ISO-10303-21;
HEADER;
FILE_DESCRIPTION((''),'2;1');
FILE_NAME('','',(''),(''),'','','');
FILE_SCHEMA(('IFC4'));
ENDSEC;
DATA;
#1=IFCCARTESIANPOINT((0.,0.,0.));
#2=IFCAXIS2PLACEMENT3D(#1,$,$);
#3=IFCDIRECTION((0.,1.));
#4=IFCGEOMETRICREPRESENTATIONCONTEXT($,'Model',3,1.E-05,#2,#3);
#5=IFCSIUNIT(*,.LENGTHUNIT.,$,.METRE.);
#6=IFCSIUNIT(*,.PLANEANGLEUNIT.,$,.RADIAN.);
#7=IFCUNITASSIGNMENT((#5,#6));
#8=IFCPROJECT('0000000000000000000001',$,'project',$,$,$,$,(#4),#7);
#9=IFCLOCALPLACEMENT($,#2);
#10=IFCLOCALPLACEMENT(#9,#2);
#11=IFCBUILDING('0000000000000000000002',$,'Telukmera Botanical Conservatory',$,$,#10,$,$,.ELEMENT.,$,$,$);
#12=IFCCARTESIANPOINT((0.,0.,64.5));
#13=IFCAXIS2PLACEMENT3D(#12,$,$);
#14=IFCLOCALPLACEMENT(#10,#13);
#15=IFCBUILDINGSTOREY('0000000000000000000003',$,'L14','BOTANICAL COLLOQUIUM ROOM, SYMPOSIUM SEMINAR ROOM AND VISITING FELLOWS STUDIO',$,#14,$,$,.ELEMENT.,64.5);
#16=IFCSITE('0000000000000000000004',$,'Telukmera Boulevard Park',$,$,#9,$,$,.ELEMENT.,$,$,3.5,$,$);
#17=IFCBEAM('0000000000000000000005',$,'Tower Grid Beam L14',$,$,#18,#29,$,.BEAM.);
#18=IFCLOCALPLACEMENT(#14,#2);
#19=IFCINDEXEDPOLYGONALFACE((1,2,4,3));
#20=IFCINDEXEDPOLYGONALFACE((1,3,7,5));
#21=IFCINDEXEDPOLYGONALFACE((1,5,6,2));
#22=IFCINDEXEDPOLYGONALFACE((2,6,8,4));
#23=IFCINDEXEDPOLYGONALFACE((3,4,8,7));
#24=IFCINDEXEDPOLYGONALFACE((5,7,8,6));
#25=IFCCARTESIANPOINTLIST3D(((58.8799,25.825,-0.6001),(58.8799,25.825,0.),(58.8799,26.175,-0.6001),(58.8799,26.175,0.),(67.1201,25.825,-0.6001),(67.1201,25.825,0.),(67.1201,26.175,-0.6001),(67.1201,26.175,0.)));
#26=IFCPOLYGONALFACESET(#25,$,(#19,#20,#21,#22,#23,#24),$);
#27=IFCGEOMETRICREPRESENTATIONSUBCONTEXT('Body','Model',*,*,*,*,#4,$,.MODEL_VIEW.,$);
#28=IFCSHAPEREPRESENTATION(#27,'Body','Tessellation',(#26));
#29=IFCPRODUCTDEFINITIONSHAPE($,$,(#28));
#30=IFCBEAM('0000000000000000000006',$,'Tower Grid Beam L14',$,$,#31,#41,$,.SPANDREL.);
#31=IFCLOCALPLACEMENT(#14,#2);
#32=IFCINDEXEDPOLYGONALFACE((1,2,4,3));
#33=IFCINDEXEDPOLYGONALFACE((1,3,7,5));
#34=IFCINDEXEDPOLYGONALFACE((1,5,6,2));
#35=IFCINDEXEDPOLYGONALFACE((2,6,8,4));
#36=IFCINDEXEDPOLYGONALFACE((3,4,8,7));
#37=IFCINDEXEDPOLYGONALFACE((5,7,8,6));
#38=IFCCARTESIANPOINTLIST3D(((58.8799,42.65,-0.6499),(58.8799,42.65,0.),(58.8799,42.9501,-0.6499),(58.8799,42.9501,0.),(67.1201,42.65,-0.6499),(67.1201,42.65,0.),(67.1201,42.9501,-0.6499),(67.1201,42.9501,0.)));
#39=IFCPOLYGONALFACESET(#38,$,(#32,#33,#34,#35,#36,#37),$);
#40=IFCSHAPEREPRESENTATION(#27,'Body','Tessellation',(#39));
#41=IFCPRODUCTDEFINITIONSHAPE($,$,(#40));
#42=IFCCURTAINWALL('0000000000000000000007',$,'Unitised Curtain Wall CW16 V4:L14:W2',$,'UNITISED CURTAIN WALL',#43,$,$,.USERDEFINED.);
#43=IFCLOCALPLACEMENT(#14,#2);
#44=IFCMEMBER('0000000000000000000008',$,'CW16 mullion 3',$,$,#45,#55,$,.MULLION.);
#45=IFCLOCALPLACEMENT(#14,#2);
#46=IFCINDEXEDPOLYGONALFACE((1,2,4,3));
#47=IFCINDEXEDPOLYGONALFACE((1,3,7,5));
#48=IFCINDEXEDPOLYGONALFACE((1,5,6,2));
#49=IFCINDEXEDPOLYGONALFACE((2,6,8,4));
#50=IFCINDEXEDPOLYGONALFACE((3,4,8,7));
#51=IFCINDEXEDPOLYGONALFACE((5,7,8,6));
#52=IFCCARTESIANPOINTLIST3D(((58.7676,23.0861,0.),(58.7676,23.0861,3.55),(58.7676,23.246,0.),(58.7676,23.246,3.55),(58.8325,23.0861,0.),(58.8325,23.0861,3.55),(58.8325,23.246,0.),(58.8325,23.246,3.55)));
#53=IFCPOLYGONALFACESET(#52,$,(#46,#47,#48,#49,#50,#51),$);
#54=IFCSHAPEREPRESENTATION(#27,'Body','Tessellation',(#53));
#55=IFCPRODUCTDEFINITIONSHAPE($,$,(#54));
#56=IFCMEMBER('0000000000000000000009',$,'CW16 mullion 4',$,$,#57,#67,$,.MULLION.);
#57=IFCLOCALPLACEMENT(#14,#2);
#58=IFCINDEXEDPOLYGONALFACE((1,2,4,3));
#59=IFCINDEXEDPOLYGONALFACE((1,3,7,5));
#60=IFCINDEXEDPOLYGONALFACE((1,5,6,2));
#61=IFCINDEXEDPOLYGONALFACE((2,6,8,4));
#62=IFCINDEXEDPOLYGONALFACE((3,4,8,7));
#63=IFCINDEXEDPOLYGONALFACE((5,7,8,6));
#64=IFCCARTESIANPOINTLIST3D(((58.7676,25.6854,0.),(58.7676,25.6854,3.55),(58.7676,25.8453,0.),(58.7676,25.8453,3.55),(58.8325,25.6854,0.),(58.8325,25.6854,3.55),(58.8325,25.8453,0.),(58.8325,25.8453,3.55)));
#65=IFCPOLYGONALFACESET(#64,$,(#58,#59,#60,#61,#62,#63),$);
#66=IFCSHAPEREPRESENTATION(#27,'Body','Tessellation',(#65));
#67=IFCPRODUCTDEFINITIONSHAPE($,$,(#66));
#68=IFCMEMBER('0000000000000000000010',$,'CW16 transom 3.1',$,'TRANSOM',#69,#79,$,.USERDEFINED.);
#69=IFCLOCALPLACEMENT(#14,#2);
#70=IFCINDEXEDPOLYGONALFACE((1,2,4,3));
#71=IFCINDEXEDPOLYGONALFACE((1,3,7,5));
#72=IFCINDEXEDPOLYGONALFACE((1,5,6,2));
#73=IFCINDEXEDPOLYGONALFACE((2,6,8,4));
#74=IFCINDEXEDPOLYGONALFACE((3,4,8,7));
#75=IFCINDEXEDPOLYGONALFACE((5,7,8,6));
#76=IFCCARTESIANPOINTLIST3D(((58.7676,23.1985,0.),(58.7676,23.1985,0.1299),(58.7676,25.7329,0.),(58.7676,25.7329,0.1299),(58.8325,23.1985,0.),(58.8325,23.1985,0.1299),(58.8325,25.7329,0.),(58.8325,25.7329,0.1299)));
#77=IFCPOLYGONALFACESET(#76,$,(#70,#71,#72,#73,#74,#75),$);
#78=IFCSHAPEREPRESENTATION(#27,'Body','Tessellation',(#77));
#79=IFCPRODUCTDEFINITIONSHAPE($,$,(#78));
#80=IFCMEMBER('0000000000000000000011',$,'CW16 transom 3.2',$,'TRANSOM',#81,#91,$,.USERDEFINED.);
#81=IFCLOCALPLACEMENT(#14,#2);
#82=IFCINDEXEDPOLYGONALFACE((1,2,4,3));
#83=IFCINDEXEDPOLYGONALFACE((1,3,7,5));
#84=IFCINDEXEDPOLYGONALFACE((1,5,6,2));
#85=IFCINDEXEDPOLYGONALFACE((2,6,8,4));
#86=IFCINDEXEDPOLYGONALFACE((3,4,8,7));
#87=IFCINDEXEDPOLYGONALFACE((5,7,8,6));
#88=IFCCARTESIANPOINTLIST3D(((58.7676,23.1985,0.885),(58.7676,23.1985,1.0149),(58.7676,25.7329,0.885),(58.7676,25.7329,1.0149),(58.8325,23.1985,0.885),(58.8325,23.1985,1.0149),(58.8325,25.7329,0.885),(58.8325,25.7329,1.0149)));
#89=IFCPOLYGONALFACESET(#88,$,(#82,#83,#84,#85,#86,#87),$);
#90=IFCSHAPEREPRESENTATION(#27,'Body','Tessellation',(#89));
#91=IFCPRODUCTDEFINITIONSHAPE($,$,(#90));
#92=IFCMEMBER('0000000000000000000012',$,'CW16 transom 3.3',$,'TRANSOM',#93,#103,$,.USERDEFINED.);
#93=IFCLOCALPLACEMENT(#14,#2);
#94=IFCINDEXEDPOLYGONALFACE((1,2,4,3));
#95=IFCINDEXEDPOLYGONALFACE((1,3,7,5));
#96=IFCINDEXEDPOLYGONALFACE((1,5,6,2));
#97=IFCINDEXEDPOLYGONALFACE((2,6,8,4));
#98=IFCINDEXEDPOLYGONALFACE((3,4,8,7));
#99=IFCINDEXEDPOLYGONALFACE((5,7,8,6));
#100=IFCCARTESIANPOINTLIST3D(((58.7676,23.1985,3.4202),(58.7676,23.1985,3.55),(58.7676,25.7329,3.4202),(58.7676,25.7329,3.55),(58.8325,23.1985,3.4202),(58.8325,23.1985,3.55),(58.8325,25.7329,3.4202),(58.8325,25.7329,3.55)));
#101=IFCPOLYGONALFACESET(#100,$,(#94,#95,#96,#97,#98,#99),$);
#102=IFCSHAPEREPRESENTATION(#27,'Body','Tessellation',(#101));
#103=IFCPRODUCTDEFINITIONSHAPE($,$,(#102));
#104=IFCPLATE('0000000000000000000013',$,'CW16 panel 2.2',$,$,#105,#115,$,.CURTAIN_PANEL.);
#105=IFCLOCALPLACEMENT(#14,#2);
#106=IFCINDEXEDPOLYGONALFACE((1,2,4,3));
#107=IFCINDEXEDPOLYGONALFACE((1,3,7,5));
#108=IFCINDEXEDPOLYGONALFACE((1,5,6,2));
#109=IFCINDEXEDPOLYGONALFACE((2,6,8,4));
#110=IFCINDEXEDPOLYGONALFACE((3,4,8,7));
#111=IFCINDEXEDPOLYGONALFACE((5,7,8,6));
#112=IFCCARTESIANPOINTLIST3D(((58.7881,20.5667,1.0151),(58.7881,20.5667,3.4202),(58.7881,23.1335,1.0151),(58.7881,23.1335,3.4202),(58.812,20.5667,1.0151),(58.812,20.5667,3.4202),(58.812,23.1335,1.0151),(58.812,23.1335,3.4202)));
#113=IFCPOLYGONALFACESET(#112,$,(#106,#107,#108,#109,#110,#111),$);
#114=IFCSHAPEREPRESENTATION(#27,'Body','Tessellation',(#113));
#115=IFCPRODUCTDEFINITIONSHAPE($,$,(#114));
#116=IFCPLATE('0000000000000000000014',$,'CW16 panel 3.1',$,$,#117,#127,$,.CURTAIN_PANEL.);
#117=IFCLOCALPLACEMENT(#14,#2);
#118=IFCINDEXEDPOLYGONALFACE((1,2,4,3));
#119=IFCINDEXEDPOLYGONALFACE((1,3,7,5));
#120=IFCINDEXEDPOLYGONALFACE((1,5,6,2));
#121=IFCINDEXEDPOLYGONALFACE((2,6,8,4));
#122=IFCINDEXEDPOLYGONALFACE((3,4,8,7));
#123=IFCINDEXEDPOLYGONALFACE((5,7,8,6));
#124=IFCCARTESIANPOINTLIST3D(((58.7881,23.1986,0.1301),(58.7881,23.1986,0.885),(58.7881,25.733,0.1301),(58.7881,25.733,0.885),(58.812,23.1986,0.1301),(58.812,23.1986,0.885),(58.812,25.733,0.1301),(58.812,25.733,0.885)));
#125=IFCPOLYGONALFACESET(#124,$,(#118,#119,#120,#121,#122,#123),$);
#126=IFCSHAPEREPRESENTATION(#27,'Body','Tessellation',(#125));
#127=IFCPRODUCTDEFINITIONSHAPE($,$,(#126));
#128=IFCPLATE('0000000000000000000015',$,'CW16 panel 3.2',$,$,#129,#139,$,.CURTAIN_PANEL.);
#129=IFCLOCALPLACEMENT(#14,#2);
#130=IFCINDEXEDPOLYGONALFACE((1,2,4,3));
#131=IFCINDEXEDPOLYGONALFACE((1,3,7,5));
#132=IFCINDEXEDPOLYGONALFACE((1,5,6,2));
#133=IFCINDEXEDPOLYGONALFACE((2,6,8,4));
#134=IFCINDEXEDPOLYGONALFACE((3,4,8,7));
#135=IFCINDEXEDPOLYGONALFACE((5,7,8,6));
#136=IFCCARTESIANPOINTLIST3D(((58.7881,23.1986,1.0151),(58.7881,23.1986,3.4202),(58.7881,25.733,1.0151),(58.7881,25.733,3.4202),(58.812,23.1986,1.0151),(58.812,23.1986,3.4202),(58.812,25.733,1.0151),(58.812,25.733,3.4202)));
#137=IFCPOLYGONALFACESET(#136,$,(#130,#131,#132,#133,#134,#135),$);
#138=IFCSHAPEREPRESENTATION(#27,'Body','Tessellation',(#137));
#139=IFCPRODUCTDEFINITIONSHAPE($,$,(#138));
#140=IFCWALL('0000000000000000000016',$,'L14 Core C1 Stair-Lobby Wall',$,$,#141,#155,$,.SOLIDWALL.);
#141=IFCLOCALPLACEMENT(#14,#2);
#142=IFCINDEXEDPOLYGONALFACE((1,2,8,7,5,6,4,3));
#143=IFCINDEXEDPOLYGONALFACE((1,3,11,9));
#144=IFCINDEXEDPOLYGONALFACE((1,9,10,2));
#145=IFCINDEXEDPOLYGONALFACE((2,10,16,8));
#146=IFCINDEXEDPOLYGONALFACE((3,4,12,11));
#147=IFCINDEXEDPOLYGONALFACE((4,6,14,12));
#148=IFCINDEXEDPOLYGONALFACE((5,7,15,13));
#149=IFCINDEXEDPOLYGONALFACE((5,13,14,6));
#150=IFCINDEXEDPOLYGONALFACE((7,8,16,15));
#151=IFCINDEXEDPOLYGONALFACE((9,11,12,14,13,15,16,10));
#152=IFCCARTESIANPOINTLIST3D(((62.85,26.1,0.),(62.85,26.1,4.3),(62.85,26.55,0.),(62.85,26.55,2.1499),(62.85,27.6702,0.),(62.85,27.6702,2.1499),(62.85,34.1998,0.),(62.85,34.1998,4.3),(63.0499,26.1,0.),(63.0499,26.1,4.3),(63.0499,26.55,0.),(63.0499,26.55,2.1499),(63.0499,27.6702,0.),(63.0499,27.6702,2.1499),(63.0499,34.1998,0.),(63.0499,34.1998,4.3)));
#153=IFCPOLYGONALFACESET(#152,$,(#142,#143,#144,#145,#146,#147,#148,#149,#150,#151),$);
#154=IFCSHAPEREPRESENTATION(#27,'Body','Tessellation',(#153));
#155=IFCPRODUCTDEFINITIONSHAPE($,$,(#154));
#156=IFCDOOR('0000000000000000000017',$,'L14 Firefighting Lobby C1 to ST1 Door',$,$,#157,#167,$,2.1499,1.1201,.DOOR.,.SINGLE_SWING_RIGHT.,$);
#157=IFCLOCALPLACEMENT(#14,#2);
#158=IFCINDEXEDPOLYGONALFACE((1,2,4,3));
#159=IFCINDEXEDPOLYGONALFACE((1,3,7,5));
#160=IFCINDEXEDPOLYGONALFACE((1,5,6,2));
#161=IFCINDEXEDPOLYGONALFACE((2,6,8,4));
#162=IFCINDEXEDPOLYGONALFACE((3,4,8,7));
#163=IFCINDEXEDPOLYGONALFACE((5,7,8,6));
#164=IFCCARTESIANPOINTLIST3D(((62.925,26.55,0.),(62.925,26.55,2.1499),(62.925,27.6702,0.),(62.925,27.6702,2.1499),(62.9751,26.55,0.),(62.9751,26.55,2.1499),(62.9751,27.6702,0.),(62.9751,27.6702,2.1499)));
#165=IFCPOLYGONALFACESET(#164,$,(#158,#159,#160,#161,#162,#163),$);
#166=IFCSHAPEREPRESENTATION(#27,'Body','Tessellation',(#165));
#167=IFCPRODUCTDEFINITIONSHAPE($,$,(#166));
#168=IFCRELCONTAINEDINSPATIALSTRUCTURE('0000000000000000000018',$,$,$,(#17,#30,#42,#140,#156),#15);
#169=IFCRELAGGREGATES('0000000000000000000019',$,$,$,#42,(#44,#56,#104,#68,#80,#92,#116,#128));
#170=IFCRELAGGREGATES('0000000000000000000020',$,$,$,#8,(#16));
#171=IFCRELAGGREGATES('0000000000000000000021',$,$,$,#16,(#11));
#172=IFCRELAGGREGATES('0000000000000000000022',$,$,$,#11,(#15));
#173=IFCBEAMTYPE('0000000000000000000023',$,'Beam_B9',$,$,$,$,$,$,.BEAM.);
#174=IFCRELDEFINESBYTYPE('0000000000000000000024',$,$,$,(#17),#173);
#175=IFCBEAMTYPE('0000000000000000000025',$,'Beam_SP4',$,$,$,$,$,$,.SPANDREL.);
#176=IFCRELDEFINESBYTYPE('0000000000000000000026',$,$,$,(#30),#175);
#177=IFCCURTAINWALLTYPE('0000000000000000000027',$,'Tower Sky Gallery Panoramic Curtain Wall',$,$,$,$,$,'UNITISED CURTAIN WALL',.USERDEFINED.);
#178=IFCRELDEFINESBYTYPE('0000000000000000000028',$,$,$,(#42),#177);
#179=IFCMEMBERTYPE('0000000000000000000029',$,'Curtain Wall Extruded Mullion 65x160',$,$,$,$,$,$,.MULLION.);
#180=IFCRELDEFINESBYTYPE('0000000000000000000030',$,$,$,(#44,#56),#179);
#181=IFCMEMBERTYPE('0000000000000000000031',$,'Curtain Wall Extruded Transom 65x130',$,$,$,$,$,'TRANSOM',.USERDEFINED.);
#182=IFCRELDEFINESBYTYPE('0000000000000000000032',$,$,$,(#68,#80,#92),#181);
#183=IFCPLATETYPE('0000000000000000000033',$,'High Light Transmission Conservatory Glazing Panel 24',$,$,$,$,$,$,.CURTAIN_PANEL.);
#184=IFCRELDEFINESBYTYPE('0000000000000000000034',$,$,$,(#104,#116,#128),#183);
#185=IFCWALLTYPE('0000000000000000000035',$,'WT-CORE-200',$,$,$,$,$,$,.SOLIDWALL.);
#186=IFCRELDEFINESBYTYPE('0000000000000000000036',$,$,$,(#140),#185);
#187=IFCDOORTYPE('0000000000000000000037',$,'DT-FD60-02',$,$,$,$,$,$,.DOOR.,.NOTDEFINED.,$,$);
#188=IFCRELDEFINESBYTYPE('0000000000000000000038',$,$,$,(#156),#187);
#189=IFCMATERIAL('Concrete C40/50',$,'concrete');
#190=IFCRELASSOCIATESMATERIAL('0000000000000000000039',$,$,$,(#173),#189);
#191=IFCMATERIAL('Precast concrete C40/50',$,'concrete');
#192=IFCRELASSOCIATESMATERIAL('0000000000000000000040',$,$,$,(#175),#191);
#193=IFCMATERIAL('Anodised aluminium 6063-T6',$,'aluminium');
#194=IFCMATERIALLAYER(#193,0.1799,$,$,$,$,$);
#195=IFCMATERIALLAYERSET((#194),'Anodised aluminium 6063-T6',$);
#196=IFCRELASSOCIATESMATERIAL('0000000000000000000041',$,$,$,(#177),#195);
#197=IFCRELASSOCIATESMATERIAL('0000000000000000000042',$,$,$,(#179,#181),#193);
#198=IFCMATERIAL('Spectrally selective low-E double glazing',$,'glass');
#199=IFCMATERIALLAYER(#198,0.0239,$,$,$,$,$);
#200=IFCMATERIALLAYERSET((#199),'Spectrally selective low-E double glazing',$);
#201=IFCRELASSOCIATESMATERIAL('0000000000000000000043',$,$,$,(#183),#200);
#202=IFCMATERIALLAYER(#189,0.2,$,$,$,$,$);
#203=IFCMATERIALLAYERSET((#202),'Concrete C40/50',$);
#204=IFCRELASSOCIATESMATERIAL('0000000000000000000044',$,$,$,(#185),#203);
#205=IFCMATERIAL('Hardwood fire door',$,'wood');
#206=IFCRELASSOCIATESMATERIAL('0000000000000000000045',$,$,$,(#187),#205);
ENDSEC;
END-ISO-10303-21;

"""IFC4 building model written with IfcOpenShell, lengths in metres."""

from ifc_helpers import new_model, si_unit, direction, frame, frame_2d, origin, origin_2d, place, context, subcontext, project, spatial, rectangle, extrude, material, layer, layer_set, material_profile, profile_set, type_object, element, fill, aggregate, save


model = new_model("IFC4")

# Units and contexts
model_context = context("Model", 3, precision=1e-05, world=origin(), true_north=direction((0.0, 1.0)))
body_context = subcontext(model_context, "Body", "Model", "MODEL_VIEW")
ifc_project = project(units=[si_unit("LENGTHUNIT", "METRE"), si_unit("PLANEANGLEUNIT", "RADIAN")], contexts=[model_context])

# Site, building, storey
site_placement = place(None, origin())
site = spatial("IfcSite", under=ifc_project, at=site_placement, Name="Telukmera Boulevard Park", CompositionType="ELEMENT", RefElevation=3.5)
building_placement = place(site_placement, origin())
building = spatial("IfcBuilding", under=site, at=building_placement, Name="Telukmera Botanical Conservatory", CompositionType="ELEMENT")
storey_placement = place(building_placement, frame((0.0, 0.0, 64.5)))
storey = spatial("IfcBuildingStorey", under=building, at=storey_placement, Name="L14", Description="BOTANICAL COLLOQUIUM ROOM, SYMPOSIUM SEMINAR ROOM AND VISITING FELLOWS STUDIO", CompositionType="ELEMENT", Elevation=64.5)

# Beams
ifc_material_1 = material(Name="Concrete C40/50", Category="concrete")
ifc_material_profile_1 = material_profile(ifc_material_1, rectangle(XDim=0.3501, YDim=0.6001, at=origin_2d()), Name="RC 350x600")
ifc_profile_set_1 = profile_set([ifc_material_profile_1], Name="Concrete C40/50")
beam_type_1 = type_object("IfcBeamType", Name="Beam_B9", PredefinedType="BEAM", material=ifc_profile_set_1)
beam_1_placement = place(storey_placement, frame((58.8799, 26.0, -0.3), z_axis=(1.0, 0.0, 0.0), x_axis=(0.0, 1.0, 0.0)))
element("IfcBeam", 1, at=beam_1_placement, inside=storey, type_object=beam_type_1, Name="Tower Grid Beam L14", PredefinedType="BEAM", context=body_context, shape_type="SweptSolid", body=[
    extrude(rectangle(XDim=0.3501, YDim=0.6001, at=origin_2d()), origin(), (0.0, 0.0, 1.0), 8.2402),
])
ifc_material_2 = material(Name="Precast concrete C40/50", Category="concrete")
ifc_material_profile_2 = material_profile(ifc_material_2, rectangle(XDim=0.3, YDim=0.6499, at=origin_2d()), Name="PC 300x650")
ifc_profile_set_2 = profile_set([ifc_material_profile_2], Name="Precast concrete C40/50")
beam_type_2 = type_object("IfcBeamType", Name="Beam_SP4", PredefinedType="SPANDREL", material=ifc_profile_set_2)
beam_2_placement = place(storey_placement, frame((58.8799, 42.8, -0.325), z_axis=(1.0, 0.0, 0.0), x_axis=(0.0, 1.0, 0.0)))
element("IfcBeam", 2, at=beam_2_placement, inside=storey, type_object=beam_type_2, Name="Tower Grid Beam L14", PredefinedType="SPANDREL", context=body_context, shape_type="SweptSolid", body=[
    extrude(rectangle(XDim=0.3, YDim=0.6499, at=origin_2d()), origin(), (0.0, 0.0, 1.0), 8.2402),
])

# Curtain wall, members, plates
ifc_material_3 = material(Name="Anodised aluminium 6063-T6", Category="aluminium")
ifc_layer_1 = layer(ifc_material_3, 0.1799)
ifc_layer_set_1 = layer_set([ifc_layer_1], Name="Anodised aluminium 6063-T6")
curtain_wall_type = type_object("IfcCurtainWallType", Name="Tower Sky Gallery Panoramic Curtain Wall", ElementType="UNITISED CURTAIN WALL", PredefinedType="USERDEFINED", material=ifc_layer_set_1)
curtain_wall_placement = place(storey_placement, origin())
curtain_wall = element("IfcCurtainWall", 3, at=curtain_wall_placement, inside=storey, type_object=curtain_wall_type, Name="Unitised Curtain Wall CW16 V4:L14:W2", ObjectType="UNITISED CURTAIN WALL", PredefinedType="USERDEFINED")
ifc_material_profile_3 = material_profile(ifc_material_3, rectangle(XDim=0.0649, YDim=0.1599, at=origin_2d()), Name="ALU MULL 65x160")
ifc_profile_set_3 = profile_set([ifc_material_profile_3], Name="Anodised aluminium 6063-T6")
member_type_1 = type_object("IfcMemberType", Name="Curtain Wall Extruded Mullion 65x160", PredefinedType="MULLION", material=ifc_profile_set_3)
member_1_placement = place(storey_placement, frame((58.8, 23.166, 0.0), z_axis=(0.0, 0.0, 1.0), x_axis=(-1.0, 0.0, 0.0)))
member_1 = element("IfcMember", 4, at=member_1_placement, type_object=member_type_1, Name="CW16 mullion 3", PredefinedType="MULLION", context=body_context, shape_type="SweptSolid", body=[
    extrude(rectangle(XDim=0.0649, YDim=0.1599, at=origin_2d()), origin(), (0.0, 0.0, 1.0), 3.55),
])
member_2_placement = place(storey_placement, frame((58.8, 25.7654, 0.0), z_axis=(0.0, 0.0, 1.0), x_axis=(-1.0, 0.0, 0.0)))
member_2 = element("IfcMember", 5, at=member_2_placement, type_object=member_type_1, Name="CW16 mullion 4", PredefinedType="MULLION", context=body_context, shape_type="SweptSolid", body=[
    extrude(rectangle(XDim=0.0649, YDim=0.1599, at=origin_2d()), origin(), (0.0, 0.0, 1.0), 3.55),
])
ifc_material_profile_4 = material_profile(ifc_material_3, rectangle(XDim=0.0649, YDim=0.1299, at=origin_2d()), Name="ALU TRAN 65x130")
ifc_profile_set_4 = profile_set([ifc_material_profile_4], Name="Anodised aluminium 6063-T6")
member_type_2 = type_object("IfcMemberType", Name="Curtain Wall Extruded Transom 65x130", ElementType="TRANSOM", PredefinedType="USERDEFINED", material=ifc_profile_set_4)
member_3_placement = place(storey_placement, frame((58.8, 23.1985, 0.0649), z_axis=(0.0, 1.0, 0.0), x_axis=(-1.0, 0.0, 0.0)))
member_3 = element("IfcMember", 6, at=member_3_placement, type_object=member_type_2, Name="CW16 transom 3.1", ObjectType="TRANSOM", PredefinedType="USERDEFINED", context=body_context, shape_type="SweptSolid", body=[
    extrude(rectangle(XDim=0.0649, YDim=0.1299, at=origin_2d()), origin(), (0.0, 0.0, 1.0), 2.5344),
])
member_4_placement = place(storey_placement, frame((58.8, 23.1985, 0.95), z_axis=(0.0, 1.0, 0.0), x_axis=(-1.0, 0.0, 0.0)))
member_4 = element("IfcMember", 7, at=member_4_placement, type_object=member_type_2, Name="CW16 transom 3.2", ObjectType="TRANSOM", PredefinedType="USERDEFINED", context=body_context, shape_type="SweptSolid", body=[
    extrude(rectangle(XDim=0.0649, YDim=0.1299, at=origin_2d()), origin(), (0.0, 0.0, 1.0), 2.5344),
])
member_5_placement = place(storey_placement, frame((58.8, 23.1985, 3.4851), z_axis=(0.0, 1.0, 0.0), x_axis=(-1.0, 0.0, 0.0)))
member_5 = element("IfcMember", 8, at=member_5_placement, type_object=member_type_2, Name="CW16 transom 3.3", ObjectType="TRANSOM", PredefinedType="USERDEFINED", context=body_context, shape_type="SweptSolid", body=[
    extrude(rectangle(XDim=0.0649, YDim=0.1299, at=origin_2d()), origin(), (0.0, 0.0, 1.0), 2.5344),
])
ifc_material_4 = material(Name="Spectrally selective low-E double glazing", Category="glass")
ifc_layer_2 = layer(ifc_material_4, 0.0239)
ifc_layer_set_2 = layer_set([ifc_layer_2], Name="Spectrally selective low-E double glazing")
plate_type = type_object("IfcPlateType", Name="High Light Transmission Conservatory Glazing Panel 24", PredefinedType="CURTAIN_PANEL", material=ifc_layer_set_2)
plate_1_placement = place(storey_placement, frame((58.8, 21.8501, 1.0151), z_axis=(0.0, 0.0, 1.0), x_axis=(0.0, 1.0, 0.0)))
plate_1 = element("IfcPlate", 9, at=plate_1_placement, type_object=plate_type, Name="CW16 panel 2.2", PredefinedType="CURTAIN_PANEL", context=body_context, shape_type="SweptSolid", body=[
    extrude(rectangle(XDim=2.5669, YDim=0.0239, at=origin_2d()), origin(), (0.0, 0.0, 1.0), 2.405),
])
plate_2_placement = place(storey_placement, frame((58.8, 24.4658, 0.1301), z_axis=(0.0, 0.0, 1.0), x_axis=(0.0, 1.0, 0.0)))
plate_2 = element("IfcPlate", 10, at=plate_2_placement, type_object=plate_type, Name="CW16 panel 3.1", PredefinedType="CURTAIN_PANEL", context=body_context, shape_type="SweptSolid", body=[
    extrude(rectangle(XDim=2.5344, YDim=0.0239, at=origin_2d()), origin(), (0.0, 0.0, 1.0), 0.7549),
])
plate_3_placement = place(storey_placement, frame((58.8, 24.4658, 1.0151), z_axis=(0.0, 0.0, 1.0), x_axis=(0.0, 1.0, 0.0)))
plate_3 = element("IfcPlate", 11, at=plate_3_placement, type_object=plate_type, Name="CW16 panel 3.2", PredefinedType="CURTAIN_PANEL", context=body_context, shape_type="SweptSolid", body=[
    extrude(rectangle(XDim=2.5344, YDim=0.0239, at=origin_2d()), origin(), (0.0, 0.0, 1.0), 2.405),
])
aggregate(curtain_wall, [member_1, member_2, plate_1, member_3, member_4, member_5, plate_2, plate_3])

# Shared definitions
ifc_layer_3 = layer(ifc_material_1, 0.2)
ifc_layer_set_3 = layer_set([ifc_layer_3], Name="Concrete C40/50")
wall_type_1 = type_object("IfcWallType", Name="WT-CORE-200", PredefinedType="SOLIDWALL", material=ifc_layer_set_3)
ifc_material_5 = material(Name="Hardwood fire door", Category="wood")

# Wall, opening, door
wall_1_placement = place(storey_placement, frame((62.95, 26.1001, 0.0), z_axis=(0.0, 0.0, 1.0), x_axis=(0.0, 1.0, 0.0)))
wall_1 = element("IfcWall", 12, at=wall_1_placement, inside=storey, type_object=wall_type_1, Name="L14 Core C1 Stair-Lobby Wall", PredefinedType="SOLIDWALL", context=body_context, shape_type="SweptSolid", body=[
    extrude(rectangle(XDim=8.0999, YDim=0.2, at=frame_2d((4.0498, 0.0))), origin(), (0.0, 0.0, 1.0), 4.3),
])
opening_1_placement = place(wall_1_placement, frame((0.45, 0.0, 0.0)))
opening_1 = element("IfcOpeningElement", 13, at=opening_1_placement, cuts=wall_1, PredefinedType="OPENING", context=body_context, shape_type="SweptSolid", body=[
    extrude(rectangle(XDim=1.1201, YDim=2.1499, at=frame_2d((0.5601, 1.075))), frame((0.0, 0.1099, 0.0), z_axis=(0.0, -1.0, 0.0), x_axis=(1.0, 0.0, 0.0)), (0.0, 0.0, 1.0), 0.22),
])
door_type_1 = type_object("IfcDoorType", Name="DT-FD60-02", OperationType="NOTDEFINED", PredefinedType="DOOR", material=ifc_material_5)
door_1_placement = place(opening_1_placement, origin())
door_1 = element("IfcDoor", 14, at=door_1_placement, inside=storey, type_object=door_type_1, Name="L14 Firefighting Lobby C1 to ST1 Door", OperationType="SINGLE_SWING_RIGHT", OverallHeight=2.1499, OverallWidth=1.1201, PredefinedType="DOOR", context=body_context, shape_type="SweptSolid", body=[
    extrude(rectangle(XDim=1.1201, YDim=2.1499, at=frame_2d((0.5601, 1.075))), frame((0.0, 0.0249, 0.0), z_axis=(0.0, -1.0, 0.0), x_axis=(1.0, 0.0, 0.0)), (0.0, 0.0, 1.0), 0.05),
])
fill(opening_1, door_1)

save(model, "model.ifc")
